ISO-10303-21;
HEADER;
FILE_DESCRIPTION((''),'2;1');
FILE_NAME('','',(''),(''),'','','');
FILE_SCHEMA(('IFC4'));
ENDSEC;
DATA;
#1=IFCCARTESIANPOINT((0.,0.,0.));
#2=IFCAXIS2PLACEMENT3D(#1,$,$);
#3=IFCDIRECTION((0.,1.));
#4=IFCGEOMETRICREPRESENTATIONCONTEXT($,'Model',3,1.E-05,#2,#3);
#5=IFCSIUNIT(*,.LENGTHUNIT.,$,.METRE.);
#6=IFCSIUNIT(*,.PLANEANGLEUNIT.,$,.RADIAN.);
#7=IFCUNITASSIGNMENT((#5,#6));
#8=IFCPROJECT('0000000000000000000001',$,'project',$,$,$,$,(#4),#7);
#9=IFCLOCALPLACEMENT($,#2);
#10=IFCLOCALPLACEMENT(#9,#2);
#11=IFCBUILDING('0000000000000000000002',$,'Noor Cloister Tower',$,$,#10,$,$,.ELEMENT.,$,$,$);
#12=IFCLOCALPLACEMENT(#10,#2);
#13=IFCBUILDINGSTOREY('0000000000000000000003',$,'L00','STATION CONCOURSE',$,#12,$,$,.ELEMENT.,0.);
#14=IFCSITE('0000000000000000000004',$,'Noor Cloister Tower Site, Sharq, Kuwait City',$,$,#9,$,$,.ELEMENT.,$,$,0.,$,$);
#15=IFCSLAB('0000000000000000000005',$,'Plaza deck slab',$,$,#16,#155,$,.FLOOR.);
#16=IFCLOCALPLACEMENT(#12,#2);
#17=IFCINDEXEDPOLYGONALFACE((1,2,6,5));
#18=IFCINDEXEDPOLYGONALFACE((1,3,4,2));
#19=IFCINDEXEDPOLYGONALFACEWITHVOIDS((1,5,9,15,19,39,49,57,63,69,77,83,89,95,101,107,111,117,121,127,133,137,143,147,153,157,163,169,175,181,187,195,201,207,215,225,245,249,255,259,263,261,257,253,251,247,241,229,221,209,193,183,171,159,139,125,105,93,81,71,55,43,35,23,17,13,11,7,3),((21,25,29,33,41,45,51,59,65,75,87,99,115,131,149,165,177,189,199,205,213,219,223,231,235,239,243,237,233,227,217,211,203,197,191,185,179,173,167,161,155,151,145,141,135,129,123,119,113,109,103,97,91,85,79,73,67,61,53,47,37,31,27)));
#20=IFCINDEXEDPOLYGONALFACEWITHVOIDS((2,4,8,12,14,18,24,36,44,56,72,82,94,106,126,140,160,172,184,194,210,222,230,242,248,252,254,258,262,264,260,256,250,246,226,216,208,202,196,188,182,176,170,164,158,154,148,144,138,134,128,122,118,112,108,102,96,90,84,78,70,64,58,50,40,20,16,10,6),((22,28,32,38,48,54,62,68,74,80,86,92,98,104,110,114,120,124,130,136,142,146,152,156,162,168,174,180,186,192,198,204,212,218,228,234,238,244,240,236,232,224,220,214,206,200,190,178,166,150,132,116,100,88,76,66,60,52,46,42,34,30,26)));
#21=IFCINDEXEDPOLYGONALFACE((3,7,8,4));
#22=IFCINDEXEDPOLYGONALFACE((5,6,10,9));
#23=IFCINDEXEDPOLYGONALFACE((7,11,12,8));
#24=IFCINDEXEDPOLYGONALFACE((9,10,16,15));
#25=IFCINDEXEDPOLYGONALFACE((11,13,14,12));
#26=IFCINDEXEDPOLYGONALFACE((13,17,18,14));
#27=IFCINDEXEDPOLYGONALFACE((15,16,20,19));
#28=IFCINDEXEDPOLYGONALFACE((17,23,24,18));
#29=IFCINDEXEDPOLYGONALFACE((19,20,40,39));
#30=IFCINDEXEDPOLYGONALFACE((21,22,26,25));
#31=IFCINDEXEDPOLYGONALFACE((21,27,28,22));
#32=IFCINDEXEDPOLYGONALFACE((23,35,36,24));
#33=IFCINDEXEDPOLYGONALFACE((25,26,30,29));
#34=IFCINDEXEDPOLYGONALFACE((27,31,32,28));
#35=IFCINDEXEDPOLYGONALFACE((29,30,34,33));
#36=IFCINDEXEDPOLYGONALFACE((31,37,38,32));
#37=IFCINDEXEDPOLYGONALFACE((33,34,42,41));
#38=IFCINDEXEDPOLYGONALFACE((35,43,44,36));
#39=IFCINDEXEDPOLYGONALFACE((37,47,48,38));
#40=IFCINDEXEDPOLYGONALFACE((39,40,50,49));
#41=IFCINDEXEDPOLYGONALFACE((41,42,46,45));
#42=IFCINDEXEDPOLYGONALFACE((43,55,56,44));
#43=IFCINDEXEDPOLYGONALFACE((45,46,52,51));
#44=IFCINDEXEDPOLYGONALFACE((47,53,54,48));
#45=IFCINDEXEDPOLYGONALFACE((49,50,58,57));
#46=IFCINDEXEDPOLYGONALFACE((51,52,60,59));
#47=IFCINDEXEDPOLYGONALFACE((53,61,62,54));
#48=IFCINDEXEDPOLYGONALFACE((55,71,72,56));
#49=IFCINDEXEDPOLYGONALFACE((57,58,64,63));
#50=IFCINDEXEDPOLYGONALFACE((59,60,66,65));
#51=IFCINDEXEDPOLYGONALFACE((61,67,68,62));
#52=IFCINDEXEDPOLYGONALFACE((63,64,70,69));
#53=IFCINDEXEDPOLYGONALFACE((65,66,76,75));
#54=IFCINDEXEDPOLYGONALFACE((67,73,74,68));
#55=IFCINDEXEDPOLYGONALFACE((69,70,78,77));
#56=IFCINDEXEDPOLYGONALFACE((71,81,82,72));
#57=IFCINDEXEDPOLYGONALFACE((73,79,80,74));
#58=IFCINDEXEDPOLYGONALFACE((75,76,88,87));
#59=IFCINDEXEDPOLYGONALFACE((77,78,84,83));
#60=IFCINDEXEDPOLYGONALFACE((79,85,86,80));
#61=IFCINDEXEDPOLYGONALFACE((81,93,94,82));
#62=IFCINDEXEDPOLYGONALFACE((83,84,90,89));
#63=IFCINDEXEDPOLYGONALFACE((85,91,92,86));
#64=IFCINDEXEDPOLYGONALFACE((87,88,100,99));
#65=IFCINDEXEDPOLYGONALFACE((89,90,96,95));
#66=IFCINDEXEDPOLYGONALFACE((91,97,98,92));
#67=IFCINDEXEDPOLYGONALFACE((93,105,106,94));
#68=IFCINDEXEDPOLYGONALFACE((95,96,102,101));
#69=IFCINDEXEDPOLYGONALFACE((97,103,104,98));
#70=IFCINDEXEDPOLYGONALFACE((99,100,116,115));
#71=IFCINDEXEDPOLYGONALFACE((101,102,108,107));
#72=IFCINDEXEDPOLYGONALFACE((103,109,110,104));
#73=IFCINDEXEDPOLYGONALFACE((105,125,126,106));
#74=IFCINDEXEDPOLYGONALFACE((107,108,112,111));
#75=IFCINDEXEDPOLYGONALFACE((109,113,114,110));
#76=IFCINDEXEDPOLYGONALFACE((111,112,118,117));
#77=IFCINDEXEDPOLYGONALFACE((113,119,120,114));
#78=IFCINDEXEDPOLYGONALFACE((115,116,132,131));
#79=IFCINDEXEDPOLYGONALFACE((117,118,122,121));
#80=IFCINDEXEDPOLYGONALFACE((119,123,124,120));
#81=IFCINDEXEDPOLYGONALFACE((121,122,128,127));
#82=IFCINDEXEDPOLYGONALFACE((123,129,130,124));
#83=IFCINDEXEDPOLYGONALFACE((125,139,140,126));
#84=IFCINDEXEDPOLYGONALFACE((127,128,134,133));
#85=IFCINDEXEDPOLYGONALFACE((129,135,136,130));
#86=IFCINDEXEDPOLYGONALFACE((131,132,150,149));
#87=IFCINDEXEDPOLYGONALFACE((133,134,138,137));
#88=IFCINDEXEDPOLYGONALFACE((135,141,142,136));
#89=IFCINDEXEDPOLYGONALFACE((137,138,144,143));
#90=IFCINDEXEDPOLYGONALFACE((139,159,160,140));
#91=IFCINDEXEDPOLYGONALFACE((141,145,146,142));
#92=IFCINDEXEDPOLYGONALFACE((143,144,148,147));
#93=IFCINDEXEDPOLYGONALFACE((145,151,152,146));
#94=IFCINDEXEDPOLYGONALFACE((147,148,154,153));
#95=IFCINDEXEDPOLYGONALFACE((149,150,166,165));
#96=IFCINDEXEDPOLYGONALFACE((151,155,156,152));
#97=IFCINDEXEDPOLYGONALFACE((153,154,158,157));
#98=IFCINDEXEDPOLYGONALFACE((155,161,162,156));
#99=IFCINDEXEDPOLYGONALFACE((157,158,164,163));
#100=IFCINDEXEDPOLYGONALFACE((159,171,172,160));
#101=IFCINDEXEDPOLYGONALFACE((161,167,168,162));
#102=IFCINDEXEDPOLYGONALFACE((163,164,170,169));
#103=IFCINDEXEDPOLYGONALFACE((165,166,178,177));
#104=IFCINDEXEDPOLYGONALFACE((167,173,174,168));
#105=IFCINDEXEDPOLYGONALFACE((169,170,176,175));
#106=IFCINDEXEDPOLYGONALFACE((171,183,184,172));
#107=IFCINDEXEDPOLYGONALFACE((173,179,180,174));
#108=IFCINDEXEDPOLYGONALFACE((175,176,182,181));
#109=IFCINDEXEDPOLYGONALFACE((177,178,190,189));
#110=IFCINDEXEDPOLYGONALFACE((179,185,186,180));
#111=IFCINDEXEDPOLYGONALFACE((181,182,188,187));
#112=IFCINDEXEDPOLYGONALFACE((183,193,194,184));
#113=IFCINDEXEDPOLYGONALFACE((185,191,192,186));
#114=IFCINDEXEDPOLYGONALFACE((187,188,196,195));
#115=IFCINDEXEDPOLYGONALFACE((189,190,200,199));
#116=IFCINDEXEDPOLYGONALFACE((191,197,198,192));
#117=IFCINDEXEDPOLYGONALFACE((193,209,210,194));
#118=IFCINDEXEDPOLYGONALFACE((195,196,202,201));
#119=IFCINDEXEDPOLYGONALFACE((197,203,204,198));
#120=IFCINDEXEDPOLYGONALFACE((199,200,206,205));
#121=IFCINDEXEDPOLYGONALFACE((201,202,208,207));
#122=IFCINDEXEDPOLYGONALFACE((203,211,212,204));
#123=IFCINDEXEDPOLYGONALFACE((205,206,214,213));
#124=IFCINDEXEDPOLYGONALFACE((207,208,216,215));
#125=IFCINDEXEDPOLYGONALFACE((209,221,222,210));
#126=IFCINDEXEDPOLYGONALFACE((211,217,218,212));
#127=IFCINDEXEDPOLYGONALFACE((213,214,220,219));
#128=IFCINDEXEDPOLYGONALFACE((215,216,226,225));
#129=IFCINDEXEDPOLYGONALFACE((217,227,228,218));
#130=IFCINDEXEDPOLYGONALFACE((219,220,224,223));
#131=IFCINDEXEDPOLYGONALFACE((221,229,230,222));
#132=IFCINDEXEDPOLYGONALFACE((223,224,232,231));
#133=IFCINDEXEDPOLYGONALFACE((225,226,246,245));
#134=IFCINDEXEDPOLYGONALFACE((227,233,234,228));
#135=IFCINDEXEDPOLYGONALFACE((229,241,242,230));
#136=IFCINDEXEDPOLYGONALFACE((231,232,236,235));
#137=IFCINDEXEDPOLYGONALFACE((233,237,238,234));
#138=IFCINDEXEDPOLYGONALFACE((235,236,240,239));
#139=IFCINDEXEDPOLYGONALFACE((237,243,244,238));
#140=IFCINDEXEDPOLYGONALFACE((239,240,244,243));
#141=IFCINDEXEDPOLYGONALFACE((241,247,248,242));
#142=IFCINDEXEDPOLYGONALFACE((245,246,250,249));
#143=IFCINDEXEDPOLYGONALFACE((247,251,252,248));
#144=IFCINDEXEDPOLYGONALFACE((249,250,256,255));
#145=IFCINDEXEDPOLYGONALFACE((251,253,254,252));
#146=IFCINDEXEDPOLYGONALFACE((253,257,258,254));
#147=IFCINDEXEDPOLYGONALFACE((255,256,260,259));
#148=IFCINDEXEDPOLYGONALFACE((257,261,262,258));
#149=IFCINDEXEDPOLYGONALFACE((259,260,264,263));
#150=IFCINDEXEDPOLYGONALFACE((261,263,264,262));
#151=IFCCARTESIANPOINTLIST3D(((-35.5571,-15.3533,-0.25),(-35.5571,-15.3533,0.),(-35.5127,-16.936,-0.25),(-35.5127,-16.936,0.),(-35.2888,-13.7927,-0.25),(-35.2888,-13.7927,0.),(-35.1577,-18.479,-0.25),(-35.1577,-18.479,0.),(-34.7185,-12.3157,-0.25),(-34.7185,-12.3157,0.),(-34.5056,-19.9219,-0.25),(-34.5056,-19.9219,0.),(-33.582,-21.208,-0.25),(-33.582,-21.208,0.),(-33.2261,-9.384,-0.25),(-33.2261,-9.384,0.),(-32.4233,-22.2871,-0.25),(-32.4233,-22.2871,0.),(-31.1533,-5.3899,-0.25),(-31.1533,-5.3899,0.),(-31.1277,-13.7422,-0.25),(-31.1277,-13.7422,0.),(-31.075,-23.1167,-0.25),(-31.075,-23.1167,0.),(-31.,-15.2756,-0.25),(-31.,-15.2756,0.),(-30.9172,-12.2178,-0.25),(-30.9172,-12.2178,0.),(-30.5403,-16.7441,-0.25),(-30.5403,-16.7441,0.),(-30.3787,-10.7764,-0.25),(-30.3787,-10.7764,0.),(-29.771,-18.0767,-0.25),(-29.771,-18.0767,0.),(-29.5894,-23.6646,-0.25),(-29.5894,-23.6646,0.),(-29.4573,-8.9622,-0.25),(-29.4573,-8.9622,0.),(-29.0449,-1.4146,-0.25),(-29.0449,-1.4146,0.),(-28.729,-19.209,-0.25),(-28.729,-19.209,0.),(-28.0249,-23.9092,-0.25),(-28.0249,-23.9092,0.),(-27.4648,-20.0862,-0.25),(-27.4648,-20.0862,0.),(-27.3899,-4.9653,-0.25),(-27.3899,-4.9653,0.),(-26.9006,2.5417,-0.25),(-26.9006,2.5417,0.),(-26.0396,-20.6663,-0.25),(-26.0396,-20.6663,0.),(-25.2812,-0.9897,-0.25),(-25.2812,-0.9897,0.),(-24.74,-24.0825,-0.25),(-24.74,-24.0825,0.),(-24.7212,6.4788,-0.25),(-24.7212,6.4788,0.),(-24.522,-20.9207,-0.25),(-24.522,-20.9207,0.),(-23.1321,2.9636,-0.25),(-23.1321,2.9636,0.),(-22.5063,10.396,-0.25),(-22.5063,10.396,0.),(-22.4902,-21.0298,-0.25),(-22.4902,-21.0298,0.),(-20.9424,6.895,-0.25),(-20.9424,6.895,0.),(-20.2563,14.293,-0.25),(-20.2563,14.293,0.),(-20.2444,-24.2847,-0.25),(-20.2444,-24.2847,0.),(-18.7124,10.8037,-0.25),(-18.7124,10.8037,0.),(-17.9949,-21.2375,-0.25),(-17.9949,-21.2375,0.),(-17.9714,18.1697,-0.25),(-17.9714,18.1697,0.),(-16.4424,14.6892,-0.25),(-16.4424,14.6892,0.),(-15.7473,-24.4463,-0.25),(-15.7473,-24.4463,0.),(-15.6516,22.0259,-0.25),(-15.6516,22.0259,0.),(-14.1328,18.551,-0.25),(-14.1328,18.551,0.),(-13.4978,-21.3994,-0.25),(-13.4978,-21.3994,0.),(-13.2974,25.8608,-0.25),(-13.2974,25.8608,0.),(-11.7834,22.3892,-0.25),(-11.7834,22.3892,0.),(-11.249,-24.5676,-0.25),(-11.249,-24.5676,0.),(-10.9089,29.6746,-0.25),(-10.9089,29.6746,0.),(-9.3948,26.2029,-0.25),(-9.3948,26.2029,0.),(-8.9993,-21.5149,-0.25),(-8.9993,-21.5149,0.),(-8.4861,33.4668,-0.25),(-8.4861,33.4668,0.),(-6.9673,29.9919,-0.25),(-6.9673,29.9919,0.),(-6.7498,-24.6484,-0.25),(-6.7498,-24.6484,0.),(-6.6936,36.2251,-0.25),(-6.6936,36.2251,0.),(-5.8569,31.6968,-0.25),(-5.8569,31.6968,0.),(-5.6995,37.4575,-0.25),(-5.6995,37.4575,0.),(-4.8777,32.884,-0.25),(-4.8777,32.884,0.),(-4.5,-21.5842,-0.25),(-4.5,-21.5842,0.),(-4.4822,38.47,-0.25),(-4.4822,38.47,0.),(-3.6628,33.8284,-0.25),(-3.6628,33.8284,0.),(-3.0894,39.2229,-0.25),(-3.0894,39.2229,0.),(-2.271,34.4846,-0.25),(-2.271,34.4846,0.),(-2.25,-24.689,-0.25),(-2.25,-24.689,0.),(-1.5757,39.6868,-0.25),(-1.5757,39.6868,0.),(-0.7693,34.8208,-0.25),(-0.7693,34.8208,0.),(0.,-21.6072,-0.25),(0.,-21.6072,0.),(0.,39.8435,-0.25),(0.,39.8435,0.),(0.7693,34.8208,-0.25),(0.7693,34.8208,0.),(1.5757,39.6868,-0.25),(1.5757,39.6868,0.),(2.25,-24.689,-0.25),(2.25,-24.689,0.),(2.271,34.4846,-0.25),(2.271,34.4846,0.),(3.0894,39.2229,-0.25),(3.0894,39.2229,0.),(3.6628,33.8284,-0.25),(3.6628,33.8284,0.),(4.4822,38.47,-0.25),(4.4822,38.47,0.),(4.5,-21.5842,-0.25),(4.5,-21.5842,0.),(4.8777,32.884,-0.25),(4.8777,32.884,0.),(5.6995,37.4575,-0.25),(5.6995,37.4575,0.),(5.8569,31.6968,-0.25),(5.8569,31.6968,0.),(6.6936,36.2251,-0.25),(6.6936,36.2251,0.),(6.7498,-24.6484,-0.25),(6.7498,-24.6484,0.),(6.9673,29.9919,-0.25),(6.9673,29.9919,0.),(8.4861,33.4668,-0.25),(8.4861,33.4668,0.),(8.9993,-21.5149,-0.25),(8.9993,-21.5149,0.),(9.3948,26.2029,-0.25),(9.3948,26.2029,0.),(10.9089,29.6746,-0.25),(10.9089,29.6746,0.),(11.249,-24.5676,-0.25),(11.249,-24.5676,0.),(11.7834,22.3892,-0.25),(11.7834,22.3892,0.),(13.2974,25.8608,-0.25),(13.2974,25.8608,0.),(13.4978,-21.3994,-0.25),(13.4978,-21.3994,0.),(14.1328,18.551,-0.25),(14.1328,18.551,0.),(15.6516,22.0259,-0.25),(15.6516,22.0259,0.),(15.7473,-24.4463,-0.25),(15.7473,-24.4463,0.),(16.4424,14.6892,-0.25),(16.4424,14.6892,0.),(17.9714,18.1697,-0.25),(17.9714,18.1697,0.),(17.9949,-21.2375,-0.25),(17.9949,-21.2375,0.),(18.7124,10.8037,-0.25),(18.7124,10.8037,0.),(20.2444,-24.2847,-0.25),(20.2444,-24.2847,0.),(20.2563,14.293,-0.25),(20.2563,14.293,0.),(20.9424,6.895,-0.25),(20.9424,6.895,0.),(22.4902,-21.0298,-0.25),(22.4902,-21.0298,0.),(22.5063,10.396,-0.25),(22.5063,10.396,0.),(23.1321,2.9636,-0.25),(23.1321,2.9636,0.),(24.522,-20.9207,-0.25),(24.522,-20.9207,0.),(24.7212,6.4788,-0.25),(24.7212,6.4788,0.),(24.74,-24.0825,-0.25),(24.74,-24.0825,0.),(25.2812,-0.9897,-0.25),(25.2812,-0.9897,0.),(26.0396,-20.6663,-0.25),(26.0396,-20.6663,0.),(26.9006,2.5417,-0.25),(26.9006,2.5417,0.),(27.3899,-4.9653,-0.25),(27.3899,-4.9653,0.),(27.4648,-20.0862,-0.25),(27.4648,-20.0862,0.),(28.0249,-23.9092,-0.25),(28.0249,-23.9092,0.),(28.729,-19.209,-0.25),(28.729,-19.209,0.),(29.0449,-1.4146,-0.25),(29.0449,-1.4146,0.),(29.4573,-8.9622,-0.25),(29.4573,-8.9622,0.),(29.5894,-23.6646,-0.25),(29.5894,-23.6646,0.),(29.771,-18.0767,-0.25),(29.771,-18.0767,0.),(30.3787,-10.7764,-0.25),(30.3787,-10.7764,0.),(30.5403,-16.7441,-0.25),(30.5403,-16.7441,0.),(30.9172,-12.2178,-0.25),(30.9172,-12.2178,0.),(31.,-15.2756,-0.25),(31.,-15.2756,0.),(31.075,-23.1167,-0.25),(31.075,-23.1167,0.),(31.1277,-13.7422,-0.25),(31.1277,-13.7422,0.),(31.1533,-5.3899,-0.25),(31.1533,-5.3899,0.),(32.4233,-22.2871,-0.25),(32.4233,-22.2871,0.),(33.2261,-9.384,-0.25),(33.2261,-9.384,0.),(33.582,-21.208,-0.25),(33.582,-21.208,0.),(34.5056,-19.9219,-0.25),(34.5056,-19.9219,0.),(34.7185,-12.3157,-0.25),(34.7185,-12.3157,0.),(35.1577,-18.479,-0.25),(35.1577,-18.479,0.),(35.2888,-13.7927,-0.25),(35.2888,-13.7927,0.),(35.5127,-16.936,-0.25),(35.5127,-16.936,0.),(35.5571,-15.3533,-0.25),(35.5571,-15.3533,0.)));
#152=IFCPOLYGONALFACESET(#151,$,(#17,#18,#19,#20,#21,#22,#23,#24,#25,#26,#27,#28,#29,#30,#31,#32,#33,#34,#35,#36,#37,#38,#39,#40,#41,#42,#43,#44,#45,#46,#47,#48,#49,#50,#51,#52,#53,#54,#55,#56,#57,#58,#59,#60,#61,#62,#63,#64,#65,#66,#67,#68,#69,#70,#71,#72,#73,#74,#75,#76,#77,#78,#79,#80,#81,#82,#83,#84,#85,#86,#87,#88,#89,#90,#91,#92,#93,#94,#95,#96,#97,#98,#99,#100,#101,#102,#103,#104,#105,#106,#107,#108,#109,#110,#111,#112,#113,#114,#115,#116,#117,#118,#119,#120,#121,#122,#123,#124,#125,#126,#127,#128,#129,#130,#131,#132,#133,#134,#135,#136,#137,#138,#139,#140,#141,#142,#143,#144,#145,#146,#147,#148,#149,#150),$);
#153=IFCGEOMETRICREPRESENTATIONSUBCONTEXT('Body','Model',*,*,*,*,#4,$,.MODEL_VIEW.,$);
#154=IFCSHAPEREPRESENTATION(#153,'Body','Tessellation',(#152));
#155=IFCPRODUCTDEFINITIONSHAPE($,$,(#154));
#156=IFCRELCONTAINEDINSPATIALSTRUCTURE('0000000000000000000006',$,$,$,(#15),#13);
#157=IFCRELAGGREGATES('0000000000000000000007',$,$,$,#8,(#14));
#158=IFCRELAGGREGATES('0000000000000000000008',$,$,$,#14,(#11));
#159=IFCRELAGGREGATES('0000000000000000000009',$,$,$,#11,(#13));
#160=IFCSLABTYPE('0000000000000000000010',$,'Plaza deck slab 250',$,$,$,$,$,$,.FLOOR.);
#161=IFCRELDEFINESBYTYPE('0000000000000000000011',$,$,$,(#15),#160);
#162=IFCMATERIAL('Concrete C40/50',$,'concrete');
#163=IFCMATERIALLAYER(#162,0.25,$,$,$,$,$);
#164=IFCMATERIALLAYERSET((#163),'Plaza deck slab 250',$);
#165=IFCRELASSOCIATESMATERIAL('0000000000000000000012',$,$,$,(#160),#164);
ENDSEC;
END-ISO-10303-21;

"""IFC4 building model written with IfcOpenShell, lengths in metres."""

from ifc_helpers import new_model, si_unit, direction, frame, origin, place, context, subcontext, project, spatial, polyline, outline, extrude, material, layer, layer_set, type_object, element, save


model = new_model("IFC4")

# Units and contexts
model_context = context("Model", 3, precision=1e-05, world=origin(), true_north=direction((0.0, 1.0)))
body_context = subcontext(model_context, "Body", "Model", "MODEL_VIEW")
ifc_project = project(units=[si_unit("LENGTHUNIT", "METRE"), si_unit("PLANEANGLEUNIT", "RADIAN")], contexts=[model_context])

# Site, building, storey
site_placement = place(None, origin())
site = spatial("IfcSite", under=ifc_project, at=site_placement, Name="Noor Cloister Tower Site, Sharq, Kuwait City", CompositionType="ELEMENT", RefElevation=0.0)
building_placement = place(site_placement, origin())
building = spatial("IfcBuilding", under=site, at=building_placement, Name="Noor Cloister Tower", CompositionType="ELEMENT")
storey_placement = place(building_placement, origin())
storey = spatial("IfcBuildingStorey", under=building, at=storey_placement, Name="L00", Description="STATION CONCOURSE", CompositionType="ELEMENT", Elevation=0.0)

# Slab
ifc_material_1 = material(Name="Concrete C40/50", Category="concrete")
ifc_layer_1 = layer(ifc_material_1, 0.25)
ifc_layer_set_1 = layer_set([ifc_layer_1], Name="Plaza deck slab 250")
slab_type_1 = type_object("IfcSlabType", Name="Plaza deck slab 250", PredefinedType="FLOOR", material=ifc_layer_set_1)
slab_1_placement = place(storey_placement, frame((0.0, 0.0, -0.25)))
element("IfcSlab", 1, at=slab_1_placement, inside=storey, type_object=slab_type_1, Name="Plaza deck slab", PredefinedType="FLOOR", context=body_context, shape_type="SweptSolid", body=[
    extrude(outline(polyline([(6.6936, 36.2251), (5.6995, 37.4575), (4.4822, 38.47), (3.0894, 39.2229), (1.5757, 39.6868), (0.0, 39.8435), (-1.5757, 39.6868), (-3.0894, 39.2229), (-4.4822, 38.47), (-5.6995, 37.4575), (-6.6936, 36.2251), (-8.4861, 33.4668), (-10.9089, 29.6746), (-13.2974, 25.8608), (-15.6516, 22.0259), (-17.9714, 18.1697), (-20.2563, 14.293), (-22.5063, 10.396), (-24.7212, 6.4788), (-26.9006, 2.5417), (-29.0449, -1.4146), (-31.1533, -5.3899), (-33.2261, -9.384), (-34.7185, -12.3157), (-35.2888, -13.7927), (-35.5571, -15.3533), (-35.5127, -16.936), (-35.1577, -18.479), (-34.5056, -19.9219), (-33.582, -21.208), (-32.4233, -22.2871), (-31.075, -23.1167), (-29.5894, -23.6646), (-28.0249, -23.9092), (-24.74, -24.0825), (-20.2444, -24.2847), (-15.7473, -24.4463), (-11.249, -24.5676), (-6.7498, -24.6484), (-2.25, -24.689), (2.25, -24.689), (6.7498, -24.6484), (11.249, -24.5676), (15.7473, -24.4463), (20.2444, -24.2847), (24.74, -24.0825), (28.0249, -23.9092), (29.5894, -23.6646), (31.075, -23.1167), (32.4233, -22.2871), (33.582, -21.208), (34.5056, -19.9219), (35.1577, -18.479), (35.5127, -16.936), (35.5571, -15.3533), (35.2888, -13.7927), (34.7185, -12.3157), (33.2261, -9.384), (31.1533, -5.3899), (29.0449, -1.4146), (26.9006, 2.5417), (24.7212, 6.4788), (22.5063, 10.396), (20.2563, 14.293), (17.9714, 18.1697), (15.6516, 22.0259), (13.2974, 25.8608), (10.9089, 29.6746), (8.4861, 33.4668), (6.6936, 36.2251)]), holes=[polyline([(5.8569, 31.6968), (4.8777, 32.884), (3.6628, 33.8284), (2.271, 34.4846), (0.7693, 34.8208), (-0.7693, 34.8208), (-2.271, 34.4846), (-3.6628, 33.8284), (-4.8777, 32.884), (-5.8569, 31.6968), (-6.9673, 29.9919), (-9.3948, 26.2029), (-11.7834, 22.3892), (-14.1328, 18.551), (-16.4424, 14.6892), (-18.7124, 10.8037), (-20.9424, 6.895), (-23.1321, 2.9636), (-25.2812, -0.9897), (-27.3899, -4.9653), (-29.4573, -8.9622), (-30.3787, -10.7764), (-30.9172, -12.2178), (-31.1277, -13.7422), (-31.0, -15.2756), (-30.5403, -16.7441), (-29.771, -18.0767), (-28.729, -19.209), (-27.4648, -20.0862), (-26.0396, -20.6663), (-24.522, -20.9207), (-22.4902, -21.0298), (-17.9949, -21.2375), (-13.4978, -21.3994), (-8.9993, -21.5149), (-4.5, -21.5842), (0.0, -21.6072), (4.5, -21.5842), (8.9993, -21.5149), (13.4978, -21.3994), (17.9949, -21.2375), (22.4902, -21.0298), (24.522, -20.9207), (26.0396, -20.6663), (27.4648, -20.0862), (28.729, -19.209), (29.771, -18.0767), (30.5403, -16.7441), (31.0, -15.2756), (31.1277, -13.7422), (30.9172, -12.2178), (30.3787, -10.7764), (29.4573, -8.9622), (27.3899, -4.9653), (25.2812, -0.9897), (23.1321, 2.9636), (20.9424, 6.895), (18.7124, 10.8037), (16.4424, 14.6892), (14.1328, 18.551), (11.7834, 22.3892), (9.3948, 26.2029), (6.9673, 29.9919), (5.8569, 31.6968)])]), origin(), (0.0, 0.0, 1.0), 0.25),
])

save(model, "model.ifc")
